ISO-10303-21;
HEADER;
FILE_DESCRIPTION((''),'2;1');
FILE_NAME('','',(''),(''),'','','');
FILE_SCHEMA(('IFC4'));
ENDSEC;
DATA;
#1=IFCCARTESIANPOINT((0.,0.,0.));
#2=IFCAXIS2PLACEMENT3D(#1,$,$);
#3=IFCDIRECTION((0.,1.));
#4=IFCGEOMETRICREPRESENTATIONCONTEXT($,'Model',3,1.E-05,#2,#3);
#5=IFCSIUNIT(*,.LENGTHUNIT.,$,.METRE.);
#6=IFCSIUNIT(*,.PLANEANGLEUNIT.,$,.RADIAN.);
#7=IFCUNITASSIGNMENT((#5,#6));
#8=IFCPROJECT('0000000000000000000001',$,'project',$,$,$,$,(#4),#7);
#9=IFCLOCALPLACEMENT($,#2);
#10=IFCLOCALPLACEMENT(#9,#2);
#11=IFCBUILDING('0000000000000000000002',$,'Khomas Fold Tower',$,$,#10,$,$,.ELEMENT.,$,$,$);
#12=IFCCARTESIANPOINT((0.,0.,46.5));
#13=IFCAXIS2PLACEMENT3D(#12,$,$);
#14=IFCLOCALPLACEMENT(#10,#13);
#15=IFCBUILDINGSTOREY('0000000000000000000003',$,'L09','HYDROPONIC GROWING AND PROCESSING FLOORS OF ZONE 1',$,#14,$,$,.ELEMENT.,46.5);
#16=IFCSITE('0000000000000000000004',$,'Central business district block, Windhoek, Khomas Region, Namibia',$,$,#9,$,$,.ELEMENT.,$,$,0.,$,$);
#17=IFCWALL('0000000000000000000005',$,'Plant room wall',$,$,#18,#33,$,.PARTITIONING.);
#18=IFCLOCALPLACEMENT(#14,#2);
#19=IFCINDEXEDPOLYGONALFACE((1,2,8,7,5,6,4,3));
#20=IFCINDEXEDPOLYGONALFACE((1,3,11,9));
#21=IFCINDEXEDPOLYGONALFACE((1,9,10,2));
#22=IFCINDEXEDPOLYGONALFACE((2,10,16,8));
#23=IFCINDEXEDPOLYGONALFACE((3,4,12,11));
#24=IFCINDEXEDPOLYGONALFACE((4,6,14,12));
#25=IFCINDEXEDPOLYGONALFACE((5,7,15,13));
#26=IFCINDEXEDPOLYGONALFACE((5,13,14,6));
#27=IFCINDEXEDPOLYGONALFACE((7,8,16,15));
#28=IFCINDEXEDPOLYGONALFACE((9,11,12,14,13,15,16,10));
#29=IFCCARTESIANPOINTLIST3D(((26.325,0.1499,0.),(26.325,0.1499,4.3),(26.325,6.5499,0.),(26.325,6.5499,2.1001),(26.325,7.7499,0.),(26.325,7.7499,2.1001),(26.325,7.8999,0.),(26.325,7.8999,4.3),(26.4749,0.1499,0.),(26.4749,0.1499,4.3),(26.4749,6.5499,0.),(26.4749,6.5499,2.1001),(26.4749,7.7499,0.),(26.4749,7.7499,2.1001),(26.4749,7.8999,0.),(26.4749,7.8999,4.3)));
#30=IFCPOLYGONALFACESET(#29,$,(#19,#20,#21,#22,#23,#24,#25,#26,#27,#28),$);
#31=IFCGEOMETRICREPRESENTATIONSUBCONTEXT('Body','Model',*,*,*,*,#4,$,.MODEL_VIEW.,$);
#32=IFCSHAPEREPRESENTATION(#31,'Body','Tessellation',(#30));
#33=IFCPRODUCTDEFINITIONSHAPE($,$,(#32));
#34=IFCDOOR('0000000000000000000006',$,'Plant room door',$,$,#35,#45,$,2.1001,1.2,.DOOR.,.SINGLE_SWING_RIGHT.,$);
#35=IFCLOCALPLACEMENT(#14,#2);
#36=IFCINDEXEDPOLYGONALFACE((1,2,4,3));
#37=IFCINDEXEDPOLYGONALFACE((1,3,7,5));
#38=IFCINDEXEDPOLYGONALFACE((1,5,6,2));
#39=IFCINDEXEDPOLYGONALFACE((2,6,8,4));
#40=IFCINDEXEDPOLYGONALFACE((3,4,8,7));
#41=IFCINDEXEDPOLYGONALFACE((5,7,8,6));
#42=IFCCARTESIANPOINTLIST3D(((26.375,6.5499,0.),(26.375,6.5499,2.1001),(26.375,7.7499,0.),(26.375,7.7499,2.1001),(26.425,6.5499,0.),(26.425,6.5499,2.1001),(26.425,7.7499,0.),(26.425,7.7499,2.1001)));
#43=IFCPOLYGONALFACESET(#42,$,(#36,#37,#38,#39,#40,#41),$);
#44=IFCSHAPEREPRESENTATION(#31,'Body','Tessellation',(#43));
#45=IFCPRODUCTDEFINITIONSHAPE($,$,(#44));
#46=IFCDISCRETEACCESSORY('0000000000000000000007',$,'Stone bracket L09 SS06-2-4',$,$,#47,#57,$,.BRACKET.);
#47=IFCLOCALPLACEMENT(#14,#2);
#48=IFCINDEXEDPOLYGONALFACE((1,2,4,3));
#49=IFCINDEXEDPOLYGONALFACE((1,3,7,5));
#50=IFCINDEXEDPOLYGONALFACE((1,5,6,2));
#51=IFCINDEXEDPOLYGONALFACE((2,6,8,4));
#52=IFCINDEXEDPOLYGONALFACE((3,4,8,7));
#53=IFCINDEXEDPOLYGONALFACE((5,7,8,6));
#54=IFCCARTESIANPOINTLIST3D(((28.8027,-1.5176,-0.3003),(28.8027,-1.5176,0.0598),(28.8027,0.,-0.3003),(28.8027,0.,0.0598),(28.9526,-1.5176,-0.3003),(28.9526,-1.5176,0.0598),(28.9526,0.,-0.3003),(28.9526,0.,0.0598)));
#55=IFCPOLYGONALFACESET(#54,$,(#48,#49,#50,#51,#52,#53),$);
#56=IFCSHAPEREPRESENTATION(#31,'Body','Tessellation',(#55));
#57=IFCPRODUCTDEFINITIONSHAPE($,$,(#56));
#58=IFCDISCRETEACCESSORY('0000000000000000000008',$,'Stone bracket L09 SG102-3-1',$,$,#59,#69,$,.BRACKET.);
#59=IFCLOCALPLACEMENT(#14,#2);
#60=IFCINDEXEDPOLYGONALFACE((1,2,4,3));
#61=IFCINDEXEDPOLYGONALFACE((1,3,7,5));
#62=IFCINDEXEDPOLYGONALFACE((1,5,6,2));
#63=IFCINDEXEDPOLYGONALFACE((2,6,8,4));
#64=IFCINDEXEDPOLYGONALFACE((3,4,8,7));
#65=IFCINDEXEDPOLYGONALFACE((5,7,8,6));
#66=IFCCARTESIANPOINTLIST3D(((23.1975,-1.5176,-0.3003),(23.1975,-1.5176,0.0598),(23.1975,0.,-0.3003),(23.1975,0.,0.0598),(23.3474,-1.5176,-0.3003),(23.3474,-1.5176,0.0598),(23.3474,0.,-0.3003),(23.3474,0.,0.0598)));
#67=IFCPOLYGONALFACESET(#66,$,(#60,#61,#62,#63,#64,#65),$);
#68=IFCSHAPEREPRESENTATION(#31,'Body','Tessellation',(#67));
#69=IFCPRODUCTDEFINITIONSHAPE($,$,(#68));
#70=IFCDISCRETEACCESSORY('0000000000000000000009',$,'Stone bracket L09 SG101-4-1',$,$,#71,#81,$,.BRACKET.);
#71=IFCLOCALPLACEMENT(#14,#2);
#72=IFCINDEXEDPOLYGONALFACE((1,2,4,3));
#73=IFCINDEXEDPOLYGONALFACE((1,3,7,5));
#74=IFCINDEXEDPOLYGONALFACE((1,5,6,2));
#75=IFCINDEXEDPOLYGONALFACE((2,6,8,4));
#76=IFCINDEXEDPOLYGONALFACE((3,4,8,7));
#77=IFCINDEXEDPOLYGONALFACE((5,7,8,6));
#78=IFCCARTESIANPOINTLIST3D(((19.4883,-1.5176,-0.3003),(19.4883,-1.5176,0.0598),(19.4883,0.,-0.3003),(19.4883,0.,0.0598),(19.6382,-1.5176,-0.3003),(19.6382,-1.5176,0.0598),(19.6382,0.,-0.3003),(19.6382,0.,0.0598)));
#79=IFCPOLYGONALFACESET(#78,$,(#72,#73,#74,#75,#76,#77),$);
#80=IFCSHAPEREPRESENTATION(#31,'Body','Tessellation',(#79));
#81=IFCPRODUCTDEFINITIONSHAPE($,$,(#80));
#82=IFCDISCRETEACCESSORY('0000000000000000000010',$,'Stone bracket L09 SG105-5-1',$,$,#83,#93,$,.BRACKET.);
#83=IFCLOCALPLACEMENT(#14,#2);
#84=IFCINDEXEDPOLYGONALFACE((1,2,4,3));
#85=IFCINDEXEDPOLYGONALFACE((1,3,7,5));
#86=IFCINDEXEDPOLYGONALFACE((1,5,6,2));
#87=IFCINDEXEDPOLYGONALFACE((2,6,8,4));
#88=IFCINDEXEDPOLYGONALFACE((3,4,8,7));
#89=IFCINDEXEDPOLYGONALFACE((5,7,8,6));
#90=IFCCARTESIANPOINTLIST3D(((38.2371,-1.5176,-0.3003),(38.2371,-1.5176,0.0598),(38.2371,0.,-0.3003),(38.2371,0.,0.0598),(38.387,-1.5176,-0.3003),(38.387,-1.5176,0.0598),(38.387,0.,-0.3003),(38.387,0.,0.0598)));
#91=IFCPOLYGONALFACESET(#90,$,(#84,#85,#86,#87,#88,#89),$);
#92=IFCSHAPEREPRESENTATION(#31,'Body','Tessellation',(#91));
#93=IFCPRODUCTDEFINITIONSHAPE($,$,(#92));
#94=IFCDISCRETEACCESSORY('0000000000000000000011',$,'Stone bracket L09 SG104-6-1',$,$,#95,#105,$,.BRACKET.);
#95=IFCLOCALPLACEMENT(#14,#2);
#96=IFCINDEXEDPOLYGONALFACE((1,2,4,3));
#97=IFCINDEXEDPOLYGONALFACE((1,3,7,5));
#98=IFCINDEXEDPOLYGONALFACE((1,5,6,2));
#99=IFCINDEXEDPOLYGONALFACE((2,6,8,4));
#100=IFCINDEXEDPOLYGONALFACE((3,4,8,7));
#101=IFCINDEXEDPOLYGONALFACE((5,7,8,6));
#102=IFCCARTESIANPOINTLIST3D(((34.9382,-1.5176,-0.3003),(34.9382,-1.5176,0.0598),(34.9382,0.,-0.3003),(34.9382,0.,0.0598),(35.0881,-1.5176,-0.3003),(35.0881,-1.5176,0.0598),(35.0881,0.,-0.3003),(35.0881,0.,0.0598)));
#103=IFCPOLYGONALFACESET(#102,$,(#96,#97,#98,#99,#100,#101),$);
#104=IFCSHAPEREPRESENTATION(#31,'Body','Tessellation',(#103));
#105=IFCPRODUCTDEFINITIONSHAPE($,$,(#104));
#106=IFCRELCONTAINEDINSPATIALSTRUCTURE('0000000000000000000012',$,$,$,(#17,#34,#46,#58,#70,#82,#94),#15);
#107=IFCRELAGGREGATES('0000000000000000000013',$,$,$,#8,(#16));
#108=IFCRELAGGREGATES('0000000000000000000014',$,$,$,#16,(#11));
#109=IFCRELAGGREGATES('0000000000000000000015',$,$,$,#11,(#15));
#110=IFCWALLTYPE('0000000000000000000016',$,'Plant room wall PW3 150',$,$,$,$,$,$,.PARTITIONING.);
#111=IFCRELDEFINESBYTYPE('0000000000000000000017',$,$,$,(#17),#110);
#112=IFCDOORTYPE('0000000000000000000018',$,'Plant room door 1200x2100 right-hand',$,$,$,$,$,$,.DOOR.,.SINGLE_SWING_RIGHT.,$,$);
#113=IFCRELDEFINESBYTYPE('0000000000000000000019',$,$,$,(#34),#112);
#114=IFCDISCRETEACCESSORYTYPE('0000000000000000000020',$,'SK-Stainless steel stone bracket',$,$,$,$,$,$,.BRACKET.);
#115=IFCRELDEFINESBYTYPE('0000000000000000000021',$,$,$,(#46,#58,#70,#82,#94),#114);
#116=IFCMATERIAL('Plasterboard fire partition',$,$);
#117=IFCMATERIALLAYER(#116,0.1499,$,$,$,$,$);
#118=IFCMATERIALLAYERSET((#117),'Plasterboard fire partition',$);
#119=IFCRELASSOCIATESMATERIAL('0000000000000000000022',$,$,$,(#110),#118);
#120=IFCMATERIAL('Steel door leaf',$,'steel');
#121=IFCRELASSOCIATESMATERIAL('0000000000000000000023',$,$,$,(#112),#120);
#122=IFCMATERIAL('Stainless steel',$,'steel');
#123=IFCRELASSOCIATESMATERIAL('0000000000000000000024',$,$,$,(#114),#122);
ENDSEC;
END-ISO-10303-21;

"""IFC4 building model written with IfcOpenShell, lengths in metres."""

from ifc_helpers import new_model, si_unit, direction, frame, frame_2d, origin, origin_2d, place, context, subcontext, project, spatial, rectangle, extrude, source, transform, mapped, material, layer, layer_set, type_object, element, fill, save


model = new_model("IFC4")

# Units and contexts
model_context = context("Model", 3, precision=1e-05, world=origin(), true_north=direction((0.0, 1.0)))
body_context = subcontext(model_context, "Body", "Model", "MODEL_VIEW")
ifc_project = project(units=[si_unit("LENGTHUNIT", "METRE"), si_unit("PLANEANGLEUNIT", "RADIAN")], contexts=[model_context])

# Site, building, storey
site_placement = place(None, origin())
site = spatial("IfcSite", under=ifc_project, at=site_placement, Name="Central business district block, Windhoek, Khomas Region, Namibia", CompositionType="ELEMENT", RefElevation=0.0)
building_placement = place(site_placement, origin())
building = spatial("IfcBuilding", under=site, at=building_placement, Name="Khomas Fold Tower", CompositionType="ELEMENT")
storey_placement = place(building_placement, frame((0.0, 0.0, 46.5)))
storey = spatial("IfcBuildingStorey", under=building, at=storey_placement, Name="L09", Description="HYDROPONIC GROWING AND PROCESSING FLOORS OF ZONE 1", CompositionType="ELEMENT", Elevation=46.5)

# Wall, opening, door
ifc_material_1 = material(Name="Plasterboard fire partition")
ifc_layer_1 = layer(ifc_material_1, 0.1499)
ifc_layer_set_1 = layer_set([ifc_layer_1], Name="Plasterboard fire partition")
wall_type = type_object("IfcWallType", Name="Plant room wall PW3 150", PredefinedType="PARTITIONING", material=ifc_layer_set_1)
shared_shape_1 = source(origin(), body_context, "Body", "SweptSolid", [
    extrude(rectangle(XDim=7.75, YDim=0.1499, at=frame_2d((3.875, 0.0))), origin(), (0.0, 0.0, 1.0), 4.3),
])
wall_placement = place(storey_placement, frame((26.3999, 0.1499, 0.0), z_axis=(0.0, 0.0, 1.0), x_axis=(0.0, 1.0, 0.0)))
wall = element("IfcWall", 1, at=wall_placement, inside=storey, type_object=wall_type, Name="Plant room wall", PredefinedType="PARTITIONING", context=body_context, shape_type="MappedRepresentation", body=[
    mapped(shared_shape_1, transform((0.0, 0.0, 0.0))),
])
shared_shape_2 = source(origin(), body_context, "Body", "SweptSolid", [
    extrude(rectangle(XDim=1.2, YDim=2.1001, at=frame_2d((0.6001, 1.05))), frame((0.0, 0.085, 0.0), z_axis=(0.0, -1.0, 0.0), x_axis=(1.0, 0.0, 0.0)), (0.0, 0.0, 1.0), 0.1699),
])
opening_placement = place(wall_placement, frame((6.3999, 0.0, 0.0)))
opening = element("IfcOpeningElement", 2, at=opening_placement, cuts=wall, PredefinedType="OPENING", context=body_context, shape_type="MappedRepresentation", body=[
    mapped(shared_shape_2, transform((0.0, 0.0, 0.0))),
])
ifc_material_2 = material(Name="Steel door leaf", Category="steel")
door_type = type_object("IfcDoorType", Name="Plant room door 1200x2100 right-hand", OperationType="SINGLE_SWING_RIGHT", PredefinedType="DOOR", material=ifc_material_2)
shared_shape_3 = source(origin(), body_context, "Body", "SweptSolid", [
    extrude(rectangle(XDim=1.2, YDim=2.1001, at=frame_2d((0.6001, 1.05))), frame((0.0, 0.0249, 0.0), z_axis=(0.0, -1.0, 0.0), x_axis=(1.0, 0.0, 0.0)), (0.0, 0.0, 1.0), 0.05),
])
door_placement = place(opening_placement, origin())
door = element("IfcDoor", 3, at=door_placement, inside=storey, type_object=door_type, Name="Plant room door", OperationType="SINGLE_SWING_RIGHT", OverallHeight=2.1001, OverallWidth=1.2, PredefinedType="DOOR", context=body_context, shape_type="MappedRepresentation", body=[
    mapped(shared_shape_3, transform((0.0, 0.0, 0.0))),
])
fill(opening, door)

# Discrete accessories
ifc_material_3 = material(Name="Stainless steel", Category="steel")
discrete_accessory_type = type_object("IfcDiscreteAccessoryType", Name="SK-Stainless steel stone bracket", PredefinedType="BRACKET", material=ifc_material_3)
shared_shape_4 = source(origin(), body_context, "Body", "SweptSolid", [
    extrude(rectangle(XDim=1.5176, YDim=0.1499, at=origin_2d()), origin(), (0.0, 0.0, 1.0), 0.3601),
])
for number, where, z_axis, x_axis, name in (
    (4, (28.8777, -0.7588, -0.3003), (0.0, 0.0, 1.0), (0.0, -1.0, 0.0), "Stone bracket L09 SS06-2-4"),
    (5, (23.2725, -0.7588, -0.3003), (0.0, 0.0, 1.0), (0.0, -1.0, 0.0), "Stone bracket L09 SG102-3-1"),
    (6, (19.5632, -0.7588, -0.3003), (0.0, 0.0, 1.0), (0.0, -1.0, 0.0), "Stone bracket L09 SG101-4-1"),
    (7, (38.312, -0.7588, -0.3003), (0.0, 0.0, 1.0), (0.0, -1.0, 0.0), "Stone bracket L09 SG105-5-1"),
    (8, (35.0132, -0.7588, -0.3003), (0.0, 0.0, 1.0), (0.0, -1.0, 0.0), "Stone bracket L09 SG104-6-1"),
):
    element("IfcDiscreteAccessory", number, at=place(storey_placement, frame(where, z_axis=z_axis, x_axis=x_axis)), inside=storey, type_object=discrete_accessory_type, Name=name, PredefinedType="BRACKET", context=body_context, shape_type="MappedRepresentation", body=[
        mapped(shared_shape_4, transform((0.0, 0.0, 0.0))),
    ])

save(model, "model.ifc")
